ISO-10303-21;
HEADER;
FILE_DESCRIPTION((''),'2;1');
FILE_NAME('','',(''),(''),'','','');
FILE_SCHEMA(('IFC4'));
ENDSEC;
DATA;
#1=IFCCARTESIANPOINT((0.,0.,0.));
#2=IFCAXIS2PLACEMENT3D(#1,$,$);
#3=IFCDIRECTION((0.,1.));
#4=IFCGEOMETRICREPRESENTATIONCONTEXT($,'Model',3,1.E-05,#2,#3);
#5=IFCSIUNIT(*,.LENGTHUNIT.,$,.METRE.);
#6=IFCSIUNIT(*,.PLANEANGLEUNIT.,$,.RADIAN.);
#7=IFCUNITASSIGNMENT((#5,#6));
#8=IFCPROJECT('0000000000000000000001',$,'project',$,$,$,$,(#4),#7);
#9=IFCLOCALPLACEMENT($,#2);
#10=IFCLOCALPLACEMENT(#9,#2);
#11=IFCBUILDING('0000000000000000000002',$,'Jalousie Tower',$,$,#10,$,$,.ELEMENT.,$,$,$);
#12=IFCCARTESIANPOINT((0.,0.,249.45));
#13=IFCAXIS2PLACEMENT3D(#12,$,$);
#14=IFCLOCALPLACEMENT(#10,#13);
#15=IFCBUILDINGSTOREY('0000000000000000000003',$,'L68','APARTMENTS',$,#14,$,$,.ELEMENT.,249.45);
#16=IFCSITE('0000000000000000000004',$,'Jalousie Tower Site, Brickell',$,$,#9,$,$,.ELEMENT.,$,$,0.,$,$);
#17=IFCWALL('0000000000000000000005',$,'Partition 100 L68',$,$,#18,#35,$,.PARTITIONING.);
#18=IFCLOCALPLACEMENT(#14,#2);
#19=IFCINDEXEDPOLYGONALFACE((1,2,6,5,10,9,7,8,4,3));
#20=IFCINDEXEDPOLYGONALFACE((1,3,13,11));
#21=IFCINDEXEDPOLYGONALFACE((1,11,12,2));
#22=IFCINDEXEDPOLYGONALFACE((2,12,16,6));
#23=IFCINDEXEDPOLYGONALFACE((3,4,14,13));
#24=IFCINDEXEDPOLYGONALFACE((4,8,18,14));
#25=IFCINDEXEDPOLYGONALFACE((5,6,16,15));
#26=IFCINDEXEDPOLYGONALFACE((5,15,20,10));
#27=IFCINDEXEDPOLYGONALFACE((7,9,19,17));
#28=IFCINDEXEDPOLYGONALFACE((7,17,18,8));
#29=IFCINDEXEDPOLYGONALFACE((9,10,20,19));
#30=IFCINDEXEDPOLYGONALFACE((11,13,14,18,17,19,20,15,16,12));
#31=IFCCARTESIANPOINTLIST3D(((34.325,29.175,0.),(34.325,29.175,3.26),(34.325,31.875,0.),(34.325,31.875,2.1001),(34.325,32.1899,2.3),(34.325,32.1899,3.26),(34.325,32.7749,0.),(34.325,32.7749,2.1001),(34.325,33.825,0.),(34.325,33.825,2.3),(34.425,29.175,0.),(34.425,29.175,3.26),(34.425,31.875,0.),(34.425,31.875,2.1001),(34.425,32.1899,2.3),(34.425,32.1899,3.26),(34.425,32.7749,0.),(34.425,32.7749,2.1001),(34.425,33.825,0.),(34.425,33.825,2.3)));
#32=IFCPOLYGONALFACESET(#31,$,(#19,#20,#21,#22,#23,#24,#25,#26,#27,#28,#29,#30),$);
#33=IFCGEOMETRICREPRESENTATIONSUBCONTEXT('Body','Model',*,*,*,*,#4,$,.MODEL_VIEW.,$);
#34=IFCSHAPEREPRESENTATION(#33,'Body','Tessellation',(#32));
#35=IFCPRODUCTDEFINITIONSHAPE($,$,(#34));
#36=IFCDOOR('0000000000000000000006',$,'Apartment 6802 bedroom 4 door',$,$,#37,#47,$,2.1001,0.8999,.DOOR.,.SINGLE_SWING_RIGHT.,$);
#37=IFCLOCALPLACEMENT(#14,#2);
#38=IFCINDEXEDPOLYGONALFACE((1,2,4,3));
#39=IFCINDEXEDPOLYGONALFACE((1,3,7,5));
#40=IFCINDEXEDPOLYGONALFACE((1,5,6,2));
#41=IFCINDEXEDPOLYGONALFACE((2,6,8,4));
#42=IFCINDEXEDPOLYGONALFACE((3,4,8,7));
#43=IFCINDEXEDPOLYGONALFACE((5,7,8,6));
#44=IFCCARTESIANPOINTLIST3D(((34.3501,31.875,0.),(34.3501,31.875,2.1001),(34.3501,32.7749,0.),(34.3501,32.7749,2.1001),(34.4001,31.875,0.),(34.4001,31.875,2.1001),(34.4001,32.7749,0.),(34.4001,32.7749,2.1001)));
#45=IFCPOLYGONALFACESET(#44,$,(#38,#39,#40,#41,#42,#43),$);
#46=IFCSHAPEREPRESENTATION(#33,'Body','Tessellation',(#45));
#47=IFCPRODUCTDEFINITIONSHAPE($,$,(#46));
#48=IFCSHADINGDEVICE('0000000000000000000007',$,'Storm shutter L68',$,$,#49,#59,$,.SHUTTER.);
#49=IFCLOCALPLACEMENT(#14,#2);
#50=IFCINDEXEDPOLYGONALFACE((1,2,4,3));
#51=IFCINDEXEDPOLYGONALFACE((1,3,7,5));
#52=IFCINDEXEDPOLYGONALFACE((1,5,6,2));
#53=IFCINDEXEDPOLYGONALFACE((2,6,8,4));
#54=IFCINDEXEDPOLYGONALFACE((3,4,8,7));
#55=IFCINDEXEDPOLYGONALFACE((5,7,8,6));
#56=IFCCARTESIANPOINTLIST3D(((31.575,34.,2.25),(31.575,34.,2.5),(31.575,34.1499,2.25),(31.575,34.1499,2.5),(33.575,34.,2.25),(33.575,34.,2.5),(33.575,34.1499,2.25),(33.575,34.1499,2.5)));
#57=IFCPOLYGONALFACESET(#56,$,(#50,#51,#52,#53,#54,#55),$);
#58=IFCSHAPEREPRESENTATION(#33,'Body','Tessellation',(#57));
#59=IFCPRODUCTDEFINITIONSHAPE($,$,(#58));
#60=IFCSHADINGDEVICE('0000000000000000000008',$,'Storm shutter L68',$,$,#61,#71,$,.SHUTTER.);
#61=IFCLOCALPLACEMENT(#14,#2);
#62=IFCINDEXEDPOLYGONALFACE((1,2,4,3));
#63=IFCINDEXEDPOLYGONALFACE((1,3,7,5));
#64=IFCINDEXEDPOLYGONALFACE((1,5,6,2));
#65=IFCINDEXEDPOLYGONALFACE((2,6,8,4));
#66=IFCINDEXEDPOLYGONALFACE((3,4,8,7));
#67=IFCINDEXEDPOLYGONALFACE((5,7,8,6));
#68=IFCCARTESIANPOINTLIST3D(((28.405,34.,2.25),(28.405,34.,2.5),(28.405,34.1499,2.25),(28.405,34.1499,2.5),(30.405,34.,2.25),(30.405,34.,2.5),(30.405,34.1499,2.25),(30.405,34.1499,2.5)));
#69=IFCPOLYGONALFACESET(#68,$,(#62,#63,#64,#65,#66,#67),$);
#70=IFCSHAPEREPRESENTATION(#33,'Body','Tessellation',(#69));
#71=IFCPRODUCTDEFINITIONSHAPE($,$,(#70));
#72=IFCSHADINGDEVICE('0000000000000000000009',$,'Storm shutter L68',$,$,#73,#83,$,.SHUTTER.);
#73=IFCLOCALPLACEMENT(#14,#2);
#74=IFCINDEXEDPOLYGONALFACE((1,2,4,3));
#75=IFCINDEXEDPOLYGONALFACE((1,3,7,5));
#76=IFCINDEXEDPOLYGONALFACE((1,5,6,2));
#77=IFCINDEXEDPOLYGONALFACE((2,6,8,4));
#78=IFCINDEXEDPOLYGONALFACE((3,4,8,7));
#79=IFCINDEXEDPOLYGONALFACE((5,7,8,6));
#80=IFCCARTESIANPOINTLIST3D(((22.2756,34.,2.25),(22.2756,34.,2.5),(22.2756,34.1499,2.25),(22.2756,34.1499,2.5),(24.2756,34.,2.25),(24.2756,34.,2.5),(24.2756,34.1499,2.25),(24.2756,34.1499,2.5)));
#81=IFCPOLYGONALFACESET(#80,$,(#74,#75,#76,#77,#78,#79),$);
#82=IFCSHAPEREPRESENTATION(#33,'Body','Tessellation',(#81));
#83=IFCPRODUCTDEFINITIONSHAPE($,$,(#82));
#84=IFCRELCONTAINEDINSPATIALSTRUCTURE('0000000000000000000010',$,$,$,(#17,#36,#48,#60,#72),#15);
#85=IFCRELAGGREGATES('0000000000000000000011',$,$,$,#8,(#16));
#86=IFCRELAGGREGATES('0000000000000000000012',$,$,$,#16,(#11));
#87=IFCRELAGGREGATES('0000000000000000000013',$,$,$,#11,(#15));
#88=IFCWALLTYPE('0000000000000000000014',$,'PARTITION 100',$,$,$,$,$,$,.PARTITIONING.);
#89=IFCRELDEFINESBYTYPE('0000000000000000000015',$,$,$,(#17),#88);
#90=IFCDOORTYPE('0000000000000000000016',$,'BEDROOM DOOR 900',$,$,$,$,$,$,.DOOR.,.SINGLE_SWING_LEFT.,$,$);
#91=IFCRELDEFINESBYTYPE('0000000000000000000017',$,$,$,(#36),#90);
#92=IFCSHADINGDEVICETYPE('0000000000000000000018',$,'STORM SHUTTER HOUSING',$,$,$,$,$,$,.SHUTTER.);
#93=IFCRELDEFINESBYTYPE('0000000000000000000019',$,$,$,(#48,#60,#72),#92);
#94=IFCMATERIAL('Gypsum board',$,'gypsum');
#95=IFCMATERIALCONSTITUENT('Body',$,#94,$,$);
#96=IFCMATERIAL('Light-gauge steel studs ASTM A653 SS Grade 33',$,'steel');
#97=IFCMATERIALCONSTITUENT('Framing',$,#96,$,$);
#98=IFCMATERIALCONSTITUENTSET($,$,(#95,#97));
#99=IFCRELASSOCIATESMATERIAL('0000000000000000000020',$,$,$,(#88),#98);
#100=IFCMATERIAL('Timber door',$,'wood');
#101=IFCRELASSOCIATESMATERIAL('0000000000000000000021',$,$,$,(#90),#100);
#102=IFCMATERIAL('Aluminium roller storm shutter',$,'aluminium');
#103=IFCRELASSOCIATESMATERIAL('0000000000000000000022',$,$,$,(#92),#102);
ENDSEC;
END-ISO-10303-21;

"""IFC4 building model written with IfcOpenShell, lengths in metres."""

from ifc_helpers import new_model, si_unit, direction, frame, frame_2d, origin, origin_2d, place, context, subcontext, project, spatial, polyline, rectangle, outline, extrude, material, constituent, constituent_set, type_object, element, fill, save


model = new_model("IFC4")

# Units and contexts
model_context = context("Model", 3, precision=1e-05, world=origin(), true_north=direction((0.0, 1.0)))
body_context = subcontext(model_context, "Body", "Model", "MODEL_VIEW")
ifc_project = project(units=[si_unit("LENGTHUNIT", "METRE"), si_unit("PLANEANGLEUNIT", "RADIAN")], contexts=[model_context])

# Site, building, storey
site_placement = place(None, origin())
site = spatial("IfcSite", under=ifc_project, at=site_placement, Name="Jalousie Tower Site, Brickell", CompositionType="ELEMENT", RefElevation=0.0)
building_placement = place(site_placement, origin())
building = spatial("IfcBuilding", under=site, at=building_placement, Name="Jalousie Tower", CompositionType="ELEMENT")
storey_placement = place(building_placement, frame((0.0, 0.0, 249.45)))
storey = spatial("IfcBuildingStorey", under=building, at=storey_placement, Name="L68", Description="APARTMENTS", CompositionType="ELEMENT", Elevation=249.45)

# Wall, opening, door
ifc_material_1 = material(Name="Gypsum board", Category="gypsum")
ifc_constituent_1 = constituent(ifc_material_1, Name="Body")
ifc_material_2 = material(Name="Light-gauge steel studs ASTM A653 SS Grade 33", Category="steel")
ifc_constituent_2 = constituent(ifc_material_2, Name="Framing")
ifc_constituent_set = constituent_set(constituents=[ifc_constituent_1, ifc_constituent_2])
wall_type = type_object("IfcWallType", Name="PARTITION 100", PredefinedType="PARTITIONING", material=ifc_constituent_set)
ifc_material_3 = material(Name="Timber door", Category="wood")
door_type = type_object("IfcDoorType", Name="BEDROOM DOOR 900", OperationType="SINGLE_SWING_LEFT", PredefinedType="DOOR", material=ifc_material_3)
wall_1_placement = place(storey_placement, frame((34.375, 33.825, 0.0), z_axis=(0.0, 0.0, 1.0), x_axis=(0.0, -1.0, 0.0)))
wall_1 = element("IfcWall", 1, at=wall_1_placement, inside=storey, type_object=wall_type, Name="Partition 100 L68", PredefinedType="PARTITIONING", context=body_context, shape_type="SweptSolid", body=[
    extrude(outline(polyline([(0.0, 0.0), (4.6499, 0.0), (4.6499, 3.26), (1.635, 3.26), (1.635, 2.3), (0.0, 2.3), (0.0, 3.26), (0.0, 0.0)])), frame((0.0, 0.05, 0.0), z_axis=(0.0, -1.0, 0.0), x_axis=(1.0, 0.0, 0.0)), (0.0, 0.0, 1.0), 0.1001),
])
opening_1_placement = place(wall_1_placement, frame((1.05, 0.0, 0.0)))
opening_1 = element("IfcOpeningElement", 2, at=opening_1_placement, cuts=wall_1, PredefinedType="OPENING", context=body_context, shape_type="SweptSolid", body=[
    extrude(rectangle(XDim=0.8999, YDim=2.1001, at=frame_2d((0.45, 1.05))), frame((0.0, 0.0601, 0.0), z_axis=(0.0, -1.0, 0.0), x_axis=(1.0, 0.0, 0.0)), (0.0, 0.0, 1.0), 0.1201),
])
door_1_placement = place(opening_1_placement, frame((0.8999, 0.0, 0.0), z_axis=(0.0, 0.0, 1.0), x_axis=(-1.0, 0.0, 0.0)))
door_1 = element("IfcDoor", 3, at=door_1_placement, inside=storey, type_object=door_type, Name="Apartment 6802 bedroom 4 door", OperationType="SINGLE_SWING_RIGHT", OverallHeight=2.1001, OverallWidth=0.8999, PredefinedType="DOOR", context=body_context, shape_type="SweptSolid", body=[
    extrude(rectangle(XDim=0.8999, YDim=2.1001, at=frame_2d((0.45, 1.05))), frame((0.0, 0.0249, 0.0), z_axis=(0.0, -1.0, 0.0), x_axis=(1.0, 0.0, 0.0)), (0.0, 0.0, 1.0), 0.05),
])
fill(opening_1, door_1)

# Shading devices
ifc_material_4 = material(Name="Aluminium roller storm shutter", Category="aluminium")
shading_device_type = type_object("IfcShadingDeviceType", Name="STORM SHUTTER HOUSING", PredefinedType="SHUTTER", material=ifc_material_4)
for number, where, z_axis, x_axis, name in (
    (4, (32.575, 34.075, 2.25), (0.0, 0.0, 1.0), (-1.0, 0.0, 0.0), "Storm shutter L68"),
    (5, (29.405, 34.075, 2.25), (0.0, 0.0, 1.0), (-1.0, 0.0, 0.0), "Storm shutter L68"),
    (6, (23.2756, 34.075, 2.25), (0.0, 0.0, 1.0), (-1.0, 0.0, 0.0), "Storm shutter L68"),
):
    element("IfcShadingDevice", number, at=place(storey_placement, frame(where, z_axis=z_axis, x_axis=x_axis)), inside=storey, type_object=shading_device_type, Name=name, PredefinedType="SHUTTER", context=body_context, shape_type="SweptSolid", body=[
        extrude(rectangle(XDim=2.0, YDim=0.1499, at=origin_2d()), origin(), (0.0, 0.0, 1.0), 0.25),
    ])

save(model, "model.ifc")
